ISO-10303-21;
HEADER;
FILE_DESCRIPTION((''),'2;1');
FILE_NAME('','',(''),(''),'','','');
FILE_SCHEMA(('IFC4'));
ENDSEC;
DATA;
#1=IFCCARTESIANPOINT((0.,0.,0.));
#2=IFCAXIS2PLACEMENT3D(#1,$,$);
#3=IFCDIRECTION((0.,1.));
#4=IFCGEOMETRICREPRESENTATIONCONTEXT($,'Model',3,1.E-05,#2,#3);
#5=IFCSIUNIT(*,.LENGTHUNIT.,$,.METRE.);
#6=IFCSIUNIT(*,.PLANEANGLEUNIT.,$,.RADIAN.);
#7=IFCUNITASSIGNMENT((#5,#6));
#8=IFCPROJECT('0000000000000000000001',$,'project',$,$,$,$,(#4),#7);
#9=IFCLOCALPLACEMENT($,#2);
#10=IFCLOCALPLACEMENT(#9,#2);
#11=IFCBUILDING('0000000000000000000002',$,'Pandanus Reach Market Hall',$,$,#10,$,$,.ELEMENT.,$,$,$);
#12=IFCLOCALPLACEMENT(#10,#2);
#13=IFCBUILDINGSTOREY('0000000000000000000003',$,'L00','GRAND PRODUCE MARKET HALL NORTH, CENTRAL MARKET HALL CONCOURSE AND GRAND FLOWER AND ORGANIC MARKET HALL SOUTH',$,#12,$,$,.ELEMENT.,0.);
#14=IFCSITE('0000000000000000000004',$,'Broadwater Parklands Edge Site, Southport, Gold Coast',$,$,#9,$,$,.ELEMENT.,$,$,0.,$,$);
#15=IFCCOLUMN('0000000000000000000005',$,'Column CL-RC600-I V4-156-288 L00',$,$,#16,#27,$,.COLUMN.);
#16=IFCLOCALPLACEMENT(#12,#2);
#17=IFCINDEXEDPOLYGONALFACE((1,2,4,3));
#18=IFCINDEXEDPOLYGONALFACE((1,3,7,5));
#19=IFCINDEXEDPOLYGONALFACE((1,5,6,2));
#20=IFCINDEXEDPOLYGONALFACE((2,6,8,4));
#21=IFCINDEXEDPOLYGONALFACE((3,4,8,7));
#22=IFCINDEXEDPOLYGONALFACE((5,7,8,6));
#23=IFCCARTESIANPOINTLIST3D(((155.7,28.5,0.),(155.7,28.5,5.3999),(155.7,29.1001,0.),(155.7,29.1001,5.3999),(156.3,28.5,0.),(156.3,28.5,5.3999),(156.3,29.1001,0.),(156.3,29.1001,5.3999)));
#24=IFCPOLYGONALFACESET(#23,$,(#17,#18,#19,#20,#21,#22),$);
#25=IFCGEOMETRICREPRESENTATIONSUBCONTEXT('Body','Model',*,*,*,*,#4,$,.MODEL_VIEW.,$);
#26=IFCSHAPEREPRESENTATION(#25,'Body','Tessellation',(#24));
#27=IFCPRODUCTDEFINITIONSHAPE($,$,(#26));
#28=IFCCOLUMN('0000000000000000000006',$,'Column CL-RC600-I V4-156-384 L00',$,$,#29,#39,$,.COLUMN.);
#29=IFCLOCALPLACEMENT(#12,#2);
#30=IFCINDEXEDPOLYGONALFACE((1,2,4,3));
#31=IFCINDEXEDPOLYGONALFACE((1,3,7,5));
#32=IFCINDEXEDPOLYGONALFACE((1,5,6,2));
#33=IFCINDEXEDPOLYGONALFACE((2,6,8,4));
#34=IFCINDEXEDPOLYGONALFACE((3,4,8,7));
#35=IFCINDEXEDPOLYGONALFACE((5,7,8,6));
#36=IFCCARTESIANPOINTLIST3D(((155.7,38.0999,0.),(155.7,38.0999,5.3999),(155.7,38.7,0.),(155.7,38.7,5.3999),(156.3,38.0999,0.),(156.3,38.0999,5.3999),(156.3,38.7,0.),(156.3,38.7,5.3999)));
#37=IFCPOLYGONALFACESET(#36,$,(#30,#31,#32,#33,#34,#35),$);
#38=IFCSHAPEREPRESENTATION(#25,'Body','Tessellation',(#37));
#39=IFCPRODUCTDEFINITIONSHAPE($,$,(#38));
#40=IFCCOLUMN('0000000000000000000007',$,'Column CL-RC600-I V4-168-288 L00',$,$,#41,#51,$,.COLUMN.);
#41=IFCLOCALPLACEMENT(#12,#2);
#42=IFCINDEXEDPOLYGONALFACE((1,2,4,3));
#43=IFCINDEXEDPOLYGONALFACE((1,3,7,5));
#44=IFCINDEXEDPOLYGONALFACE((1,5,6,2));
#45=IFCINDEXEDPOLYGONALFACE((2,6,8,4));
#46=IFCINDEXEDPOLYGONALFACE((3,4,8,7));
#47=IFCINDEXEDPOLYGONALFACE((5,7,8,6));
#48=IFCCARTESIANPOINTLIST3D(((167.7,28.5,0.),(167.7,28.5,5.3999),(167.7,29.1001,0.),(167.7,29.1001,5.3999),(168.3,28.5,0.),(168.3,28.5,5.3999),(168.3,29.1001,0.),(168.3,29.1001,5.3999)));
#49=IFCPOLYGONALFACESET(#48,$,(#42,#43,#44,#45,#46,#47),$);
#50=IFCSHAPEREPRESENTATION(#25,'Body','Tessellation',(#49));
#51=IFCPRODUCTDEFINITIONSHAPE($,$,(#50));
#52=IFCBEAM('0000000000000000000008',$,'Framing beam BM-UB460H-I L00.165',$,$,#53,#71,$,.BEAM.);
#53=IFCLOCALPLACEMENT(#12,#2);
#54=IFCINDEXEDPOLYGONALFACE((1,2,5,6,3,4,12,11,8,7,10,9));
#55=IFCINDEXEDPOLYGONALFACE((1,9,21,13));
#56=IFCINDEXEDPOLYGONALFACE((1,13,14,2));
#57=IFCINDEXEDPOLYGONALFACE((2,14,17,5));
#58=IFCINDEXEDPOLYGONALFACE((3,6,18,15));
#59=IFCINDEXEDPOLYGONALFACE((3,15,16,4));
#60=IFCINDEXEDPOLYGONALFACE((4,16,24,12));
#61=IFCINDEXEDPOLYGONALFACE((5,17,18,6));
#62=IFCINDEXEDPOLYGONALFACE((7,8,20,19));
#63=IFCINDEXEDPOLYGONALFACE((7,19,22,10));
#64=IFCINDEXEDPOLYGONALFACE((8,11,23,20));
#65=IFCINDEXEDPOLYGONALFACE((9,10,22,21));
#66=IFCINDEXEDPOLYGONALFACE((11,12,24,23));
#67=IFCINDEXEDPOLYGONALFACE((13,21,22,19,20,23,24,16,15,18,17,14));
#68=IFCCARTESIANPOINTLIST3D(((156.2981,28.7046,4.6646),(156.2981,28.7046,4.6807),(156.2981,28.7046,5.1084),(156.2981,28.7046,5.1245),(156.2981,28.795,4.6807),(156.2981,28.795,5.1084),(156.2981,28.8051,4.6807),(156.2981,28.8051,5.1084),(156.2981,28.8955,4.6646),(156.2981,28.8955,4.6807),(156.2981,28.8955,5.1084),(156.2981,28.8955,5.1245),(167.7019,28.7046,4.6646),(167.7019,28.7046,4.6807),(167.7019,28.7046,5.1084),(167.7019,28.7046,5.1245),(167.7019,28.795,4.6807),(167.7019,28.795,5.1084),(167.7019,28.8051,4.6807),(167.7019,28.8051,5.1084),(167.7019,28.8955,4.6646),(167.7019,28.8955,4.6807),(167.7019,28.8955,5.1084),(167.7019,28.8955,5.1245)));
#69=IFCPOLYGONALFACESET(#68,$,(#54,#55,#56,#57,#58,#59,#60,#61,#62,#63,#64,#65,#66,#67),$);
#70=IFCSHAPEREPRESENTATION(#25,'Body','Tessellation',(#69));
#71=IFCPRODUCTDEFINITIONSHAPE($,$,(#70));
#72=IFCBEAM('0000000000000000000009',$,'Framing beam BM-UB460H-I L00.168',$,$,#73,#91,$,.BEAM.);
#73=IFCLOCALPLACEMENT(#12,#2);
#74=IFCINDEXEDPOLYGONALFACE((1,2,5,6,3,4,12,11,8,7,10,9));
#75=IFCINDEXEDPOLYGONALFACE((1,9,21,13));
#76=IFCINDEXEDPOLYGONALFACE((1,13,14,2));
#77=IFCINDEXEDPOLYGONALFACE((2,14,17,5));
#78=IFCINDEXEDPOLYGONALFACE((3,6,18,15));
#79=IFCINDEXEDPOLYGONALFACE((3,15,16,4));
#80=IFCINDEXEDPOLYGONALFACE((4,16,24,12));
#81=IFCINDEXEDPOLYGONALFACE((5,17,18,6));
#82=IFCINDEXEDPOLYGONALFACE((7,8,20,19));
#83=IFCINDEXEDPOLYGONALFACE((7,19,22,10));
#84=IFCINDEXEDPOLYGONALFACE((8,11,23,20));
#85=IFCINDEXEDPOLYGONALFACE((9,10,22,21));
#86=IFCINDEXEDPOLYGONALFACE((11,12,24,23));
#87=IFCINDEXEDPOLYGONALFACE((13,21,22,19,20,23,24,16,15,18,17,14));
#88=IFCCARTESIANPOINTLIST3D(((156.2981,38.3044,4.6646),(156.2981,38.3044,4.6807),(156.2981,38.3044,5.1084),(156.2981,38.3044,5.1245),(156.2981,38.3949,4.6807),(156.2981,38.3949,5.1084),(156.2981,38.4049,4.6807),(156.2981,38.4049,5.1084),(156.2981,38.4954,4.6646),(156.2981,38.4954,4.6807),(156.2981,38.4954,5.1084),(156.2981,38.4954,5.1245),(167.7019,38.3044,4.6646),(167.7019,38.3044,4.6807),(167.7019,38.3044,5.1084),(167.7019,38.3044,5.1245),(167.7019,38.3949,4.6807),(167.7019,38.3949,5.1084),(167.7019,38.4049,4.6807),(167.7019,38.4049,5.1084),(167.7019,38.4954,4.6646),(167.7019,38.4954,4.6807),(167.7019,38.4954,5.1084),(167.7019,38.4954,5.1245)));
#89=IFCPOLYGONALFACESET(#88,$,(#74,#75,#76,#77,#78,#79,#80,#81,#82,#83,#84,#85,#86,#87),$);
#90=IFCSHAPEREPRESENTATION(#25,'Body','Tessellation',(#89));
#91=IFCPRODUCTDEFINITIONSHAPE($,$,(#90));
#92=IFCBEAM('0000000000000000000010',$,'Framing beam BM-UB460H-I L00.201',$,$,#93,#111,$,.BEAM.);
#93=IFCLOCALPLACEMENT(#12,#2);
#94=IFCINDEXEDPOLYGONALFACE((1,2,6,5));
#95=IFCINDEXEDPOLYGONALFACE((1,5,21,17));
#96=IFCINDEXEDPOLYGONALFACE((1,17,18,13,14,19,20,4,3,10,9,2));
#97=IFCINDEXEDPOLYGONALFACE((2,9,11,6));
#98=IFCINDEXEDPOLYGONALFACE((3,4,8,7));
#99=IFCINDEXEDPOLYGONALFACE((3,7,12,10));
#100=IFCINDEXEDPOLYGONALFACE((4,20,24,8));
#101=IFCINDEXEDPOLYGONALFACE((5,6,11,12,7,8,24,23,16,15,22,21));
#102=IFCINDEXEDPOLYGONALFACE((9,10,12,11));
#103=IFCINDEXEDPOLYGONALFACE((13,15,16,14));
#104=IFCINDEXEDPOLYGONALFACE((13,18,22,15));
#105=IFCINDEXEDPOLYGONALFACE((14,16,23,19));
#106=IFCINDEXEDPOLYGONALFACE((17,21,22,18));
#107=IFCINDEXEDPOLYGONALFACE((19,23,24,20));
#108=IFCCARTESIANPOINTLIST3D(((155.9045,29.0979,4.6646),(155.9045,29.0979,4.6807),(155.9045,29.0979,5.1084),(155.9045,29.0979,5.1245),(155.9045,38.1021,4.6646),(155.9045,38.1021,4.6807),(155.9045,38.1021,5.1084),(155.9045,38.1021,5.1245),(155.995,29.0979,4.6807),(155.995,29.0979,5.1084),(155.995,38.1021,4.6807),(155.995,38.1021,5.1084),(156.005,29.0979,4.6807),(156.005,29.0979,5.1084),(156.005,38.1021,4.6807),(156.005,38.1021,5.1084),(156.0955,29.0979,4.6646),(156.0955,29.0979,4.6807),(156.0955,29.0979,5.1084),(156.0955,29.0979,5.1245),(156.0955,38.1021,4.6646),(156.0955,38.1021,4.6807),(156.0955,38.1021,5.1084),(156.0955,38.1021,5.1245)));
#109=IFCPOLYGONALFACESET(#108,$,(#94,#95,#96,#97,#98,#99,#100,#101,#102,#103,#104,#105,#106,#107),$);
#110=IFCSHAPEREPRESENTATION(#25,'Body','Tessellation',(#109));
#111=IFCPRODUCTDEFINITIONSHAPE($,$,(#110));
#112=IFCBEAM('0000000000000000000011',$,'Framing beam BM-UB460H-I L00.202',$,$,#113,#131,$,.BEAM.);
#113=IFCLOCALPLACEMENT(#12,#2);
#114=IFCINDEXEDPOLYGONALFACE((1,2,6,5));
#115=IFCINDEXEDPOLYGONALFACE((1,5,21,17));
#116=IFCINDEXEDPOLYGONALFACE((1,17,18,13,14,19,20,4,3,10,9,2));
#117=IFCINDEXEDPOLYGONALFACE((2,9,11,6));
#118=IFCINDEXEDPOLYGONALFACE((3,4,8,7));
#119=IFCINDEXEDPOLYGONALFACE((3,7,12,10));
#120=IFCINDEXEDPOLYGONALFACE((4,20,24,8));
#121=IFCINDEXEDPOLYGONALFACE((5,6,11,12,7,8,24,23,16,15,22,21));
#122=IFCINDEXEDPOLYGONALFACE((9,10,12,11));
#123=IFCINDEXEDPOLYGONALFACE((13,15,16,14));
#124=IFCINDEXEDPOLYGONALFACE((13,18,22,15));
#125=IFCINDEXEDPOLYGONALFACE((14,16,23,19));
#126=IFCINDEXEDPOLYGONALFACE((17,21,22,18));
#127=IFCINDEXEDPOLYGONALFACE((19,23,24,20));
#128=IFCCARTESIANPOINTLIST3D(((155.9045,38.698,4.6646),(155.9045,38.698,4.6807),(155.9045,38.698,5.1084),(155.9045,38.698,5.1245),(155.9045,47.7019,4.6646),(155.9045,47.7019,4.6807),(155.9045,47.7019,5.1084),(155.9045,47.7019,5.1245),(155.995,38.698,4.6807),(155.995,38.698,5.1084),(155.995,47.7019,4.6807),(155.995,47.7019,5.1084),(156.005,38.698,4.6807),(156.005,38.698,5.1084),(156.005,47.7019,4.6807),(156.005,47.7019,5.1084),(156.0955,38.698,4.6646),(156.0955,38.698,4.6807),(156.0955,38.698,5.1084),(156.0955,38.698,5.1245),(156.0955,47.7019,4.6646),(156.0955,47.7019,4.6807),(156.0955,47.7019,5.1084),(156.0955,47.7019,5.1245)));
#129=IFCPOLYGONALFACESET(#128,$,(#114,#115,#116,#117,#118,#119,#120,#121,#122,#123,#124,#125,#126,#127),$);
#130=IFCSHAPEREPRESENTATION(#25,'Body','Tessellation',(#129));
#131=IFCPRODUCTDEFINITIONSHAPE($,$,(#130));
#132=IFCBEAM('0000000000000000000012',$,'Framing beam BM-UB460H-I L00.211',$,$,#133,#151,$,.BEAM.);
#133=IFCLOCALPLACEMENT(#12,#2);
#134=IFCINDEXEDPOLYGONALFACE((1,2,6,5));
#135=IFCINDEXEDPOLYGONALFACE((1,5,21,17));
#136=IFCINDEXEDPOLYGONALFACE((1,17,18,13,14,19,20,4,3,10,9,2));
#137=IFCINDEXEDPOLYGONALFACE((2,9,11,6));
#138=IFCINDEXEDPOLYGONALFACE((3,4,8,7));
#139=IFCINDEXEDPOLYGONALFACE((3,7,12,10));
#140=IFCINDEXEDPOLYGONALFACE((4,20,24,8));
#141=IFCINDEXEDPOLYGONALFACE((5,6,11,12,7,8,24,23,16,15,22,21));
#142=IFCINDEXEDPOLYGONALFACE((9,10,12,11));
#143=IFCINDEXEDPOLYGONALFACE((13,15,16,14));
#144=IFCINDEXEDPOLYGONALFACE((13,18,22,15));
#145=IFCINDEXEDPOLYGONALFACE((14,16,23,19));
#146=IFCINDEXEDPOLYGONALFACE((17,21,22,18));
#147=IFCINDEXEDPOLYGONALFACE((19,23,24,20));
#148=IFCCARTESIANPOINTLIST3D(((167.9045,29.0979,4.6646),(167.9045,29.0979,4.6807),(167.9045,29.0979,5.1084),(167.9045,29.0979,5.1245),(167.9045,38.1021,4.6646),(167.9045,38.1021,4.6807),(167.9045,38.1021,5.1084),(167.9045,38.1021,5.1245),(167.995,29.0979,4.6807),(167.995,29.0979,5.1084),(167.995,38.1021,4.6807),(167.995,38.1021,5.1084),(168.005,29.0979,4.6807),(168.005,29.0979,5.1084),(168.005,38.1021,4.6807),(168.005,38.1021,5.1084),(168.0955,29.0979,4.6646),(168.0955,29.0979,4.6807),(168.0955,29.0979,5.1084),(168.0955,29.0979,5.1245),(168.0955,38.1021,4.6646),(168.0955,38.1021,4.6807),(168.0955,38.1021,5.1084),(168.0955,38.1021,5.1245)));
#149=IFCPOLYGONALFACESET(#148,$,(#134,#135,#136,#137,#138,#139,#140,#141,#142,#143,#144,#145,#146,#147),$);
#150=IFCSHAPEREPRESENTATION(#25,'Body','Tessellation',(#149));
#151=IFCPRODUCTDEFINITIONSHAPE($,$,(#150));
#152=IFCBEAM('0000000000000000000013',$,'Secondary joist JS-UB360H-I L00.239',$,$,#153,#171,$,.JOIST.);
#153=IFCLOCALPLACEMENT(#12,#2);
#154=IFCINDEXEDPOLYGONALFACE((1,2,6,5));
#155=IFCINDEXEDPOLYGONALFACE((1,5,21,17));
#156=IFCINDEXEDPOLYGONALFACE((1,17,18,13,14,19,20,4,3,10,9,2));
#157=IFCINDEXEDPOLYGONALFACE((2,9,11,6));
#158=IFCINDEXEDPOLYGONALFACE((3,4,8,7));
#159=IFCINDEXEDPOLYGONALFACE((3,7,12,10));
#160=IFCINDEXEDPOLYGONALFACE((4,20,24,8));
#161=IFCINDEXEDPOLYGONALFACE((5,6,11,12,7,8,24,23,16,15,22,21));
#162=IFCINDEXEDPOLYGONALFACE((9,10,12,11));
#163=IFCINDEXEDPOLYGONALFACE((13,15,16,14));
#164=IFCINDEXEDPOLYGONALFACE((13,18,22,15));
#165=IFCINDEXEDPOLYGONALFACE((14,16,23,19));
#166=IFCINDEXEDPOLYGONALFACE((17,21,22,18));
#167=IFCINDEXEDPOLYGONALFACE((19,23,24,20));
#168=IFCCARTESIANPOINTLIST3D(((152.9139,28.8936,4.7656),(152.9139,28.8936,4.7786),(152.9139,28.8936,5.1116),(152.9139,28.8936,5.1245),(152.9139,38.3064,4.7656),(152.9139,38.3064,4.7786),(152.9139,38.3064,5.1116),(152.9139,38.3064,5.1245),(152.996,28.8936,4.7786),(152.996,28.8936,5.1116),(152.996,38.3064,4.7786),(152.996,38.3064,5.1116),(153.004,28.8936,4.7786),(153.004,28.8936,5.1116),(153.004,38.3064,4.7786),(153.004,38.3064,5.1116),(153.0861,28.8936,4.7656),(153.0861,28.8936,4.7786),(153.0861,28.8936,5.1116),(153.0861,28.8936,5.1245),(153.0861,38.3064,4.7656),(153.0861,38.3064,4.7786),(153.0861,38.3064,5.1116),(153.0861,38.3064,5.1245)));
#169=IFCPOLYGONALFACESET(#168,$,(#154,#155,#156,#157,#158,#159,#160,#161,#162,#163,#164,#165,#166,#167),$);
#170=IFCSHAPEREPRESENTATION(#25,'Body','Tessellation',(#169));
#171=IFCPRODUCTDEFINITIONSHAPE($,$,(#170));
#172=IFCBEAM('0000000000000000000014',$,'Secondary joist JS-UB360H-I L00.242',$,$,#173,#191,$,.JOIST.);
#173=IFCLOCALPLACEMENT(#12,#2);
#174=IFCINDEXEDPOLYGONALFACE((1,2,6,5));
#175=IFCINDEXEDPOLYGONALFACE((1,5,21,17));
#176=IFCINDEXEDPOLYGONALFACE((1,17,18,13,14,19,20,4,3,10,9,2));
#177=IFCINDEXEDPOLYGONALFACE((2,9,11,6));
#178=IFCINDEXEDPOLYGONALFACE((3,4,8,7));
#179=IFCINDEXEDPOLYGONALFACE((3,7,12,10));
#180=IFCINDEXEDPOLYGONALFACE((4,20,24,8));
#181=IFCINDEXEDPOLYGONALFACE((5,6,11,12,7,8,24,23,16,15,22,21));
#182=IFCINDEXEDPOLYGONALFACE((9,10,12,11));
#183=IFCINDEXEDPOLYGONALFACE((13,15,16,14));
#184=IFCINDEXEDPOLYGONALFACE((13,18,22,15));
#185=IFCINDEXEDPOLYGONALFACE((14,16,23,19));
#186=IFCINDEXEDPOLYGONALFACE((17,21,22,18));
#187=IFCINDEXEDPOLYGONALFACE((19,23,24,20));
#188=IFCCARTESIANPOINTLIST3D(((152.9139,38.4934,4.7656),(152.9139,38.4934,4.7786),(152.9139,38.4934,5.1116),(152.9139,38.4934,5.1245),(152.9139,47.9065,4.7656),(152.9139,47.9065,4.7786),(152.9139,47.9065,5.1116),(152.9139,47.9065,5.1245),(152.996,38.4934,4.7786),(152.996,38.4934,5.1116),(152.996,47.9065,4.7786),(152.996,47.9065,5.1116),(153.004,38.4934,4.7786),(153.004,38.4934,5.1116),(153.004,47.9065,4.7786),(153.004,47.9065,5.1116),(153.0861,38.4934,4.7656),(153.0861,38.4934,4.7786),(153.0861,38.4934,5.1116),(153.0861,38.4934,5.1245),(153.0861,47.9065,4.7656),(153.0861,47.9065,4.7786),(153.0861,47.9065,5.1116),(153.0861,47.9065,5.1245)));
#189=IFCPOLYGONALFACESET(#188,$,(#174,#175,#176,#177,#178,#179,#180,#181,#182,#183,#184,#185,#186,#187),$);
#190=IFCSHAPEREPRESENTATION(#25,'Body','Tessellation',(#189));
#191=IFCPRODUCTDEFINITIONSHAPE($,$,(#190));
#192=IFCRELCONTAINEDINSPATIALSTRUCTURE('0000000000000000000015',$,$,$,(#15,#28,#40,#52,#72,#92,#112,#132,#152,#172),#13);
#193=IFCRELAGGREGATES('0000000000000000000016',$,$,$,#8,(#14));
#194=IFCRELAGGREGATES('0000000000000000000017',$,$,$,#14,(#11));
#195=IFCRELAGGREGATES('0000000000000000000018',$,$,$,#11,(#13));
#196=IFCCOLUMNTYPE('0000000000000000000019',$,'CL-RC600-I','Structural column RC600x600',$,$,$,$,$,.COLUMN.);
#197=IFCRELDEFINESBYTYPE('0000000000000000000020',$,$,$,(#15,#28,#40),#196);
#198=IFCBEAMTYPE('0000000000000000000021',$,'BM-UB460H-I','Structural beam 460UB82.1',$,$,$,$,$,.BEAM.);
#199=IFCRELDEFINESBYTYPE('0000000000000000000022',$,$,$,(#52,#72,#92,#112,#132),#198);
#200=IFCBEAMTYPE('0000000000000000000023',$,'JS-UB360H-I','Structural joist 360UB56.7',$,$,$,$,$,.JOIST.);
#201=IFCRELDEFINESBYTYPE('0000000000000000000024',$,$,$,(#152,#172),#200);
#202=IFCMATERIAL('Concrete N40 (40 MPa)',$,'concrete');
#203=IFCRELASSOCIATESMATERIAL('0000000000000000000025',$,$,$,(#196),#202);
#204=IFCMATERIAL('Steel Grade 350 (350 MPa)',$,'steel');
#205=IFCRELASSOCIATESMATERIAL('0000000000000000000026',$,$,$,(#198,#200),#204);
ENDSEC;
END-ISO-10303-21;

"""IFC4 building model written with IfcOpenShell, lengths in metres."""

from ifc_helpers import new_model, si_unit, direction, frame, origin, origin_2d, place, context, subcontext, project, spatial, rectangle, i_section, extrude, material, material_profile, profile_set, type_object, element, save


model = new_model("IFC4")

# Units and contexts
model_context = context("Model", 3, precision=1e-05, world=origin(), true_north=direction((0.0, 1.0)))
body_context = subcontext(model_context, "Body", "Model", "MODEL_VIEW")
ifc_project = project(units=[si_unit("LENGTHUNIT", "METRE"), si_unit("PLANEANGLEUNIT", "RADIAN")], contexts=[model_context])

# Site, building, storey
site_placement = place(None, origin())
site = spatial("IfcSite", under=ifc_project, at=site_placement, Name="Broadwater Parklands Edge Site, Southport, Gold Coast", CompositionType="ELEMENT", RefElevation=0.0)
building_placement = place(site_placement, origin())
building = spatial("IfcBuilding", under=site, at=building_placement, Name="Pandanus Reach Market Hall", CompositionType="ELEMENT")
storey_placement = place(building_placement, origin())
storey = spatial("IfcBuildingStorey", under=building, at=storey_placement, Name="L00", Description="GRAND PRODUCE MARKET HALL NORTH, CENTRAL MARKET HALL CONCOURSE AND GRAND FLOWER AND ORGANIC MARKET HALL SOUTH", CompositionType="ELEMENT", Elevation=0.0)

# Columns
ifc_material_1 = material(Name="Concrete N40 (40 MPa)", Category="concrete")
ifc_material_profile_1 = material_profile(ifc_material_1, rectangle(XDim=0.6001, YDim=0.6001, at=origin_2d()), Name="RC600x600", Category="LoadBearing")
ifc_profile_set_1 = profile_set([ifc_material_profile_1], Name="Concrete N40 (40 MPa)")
column_type = type_object("IfcColumnType", Name="CL-RC600-I", Description="Structural column RC600x600", PredefinedType="COLUMN", material=ifc_profile_set_1)
for number, where, z_axis, x_axis, name in (
    (1, (156.0, 28.8, 0.0), (0.0, 0.0, 1.0), (1.0, 0.0, 0.0), "Column CL-RC600-I V4-156-288 L00"),
    (2, (156.0, 38.3999, 0.0), (0.0, 0.0, 1.0), (1.0, 0.0, 0.0), "Column CL-RC600-I V4-156-384 L00"),
    (3, (168.0, 28.8, 0.0), (0.0, 0.0, 1.0), (1.0, 0.0, 0.0), "Column CL-RC600-I V4-168-288 L00"),
):
    element("IfcColumn", number, at=place(storey_placement, frame(where, z_axis=z_axis, x_axis=x_axis)), inside=storey, type_object=column_type, Name=name, PredefinedType="COLUMN", context=body_context, shape_type="SweptSolid", body=[
        extrude(rectangle(XDim=0.6001, YDim=0.6001, at=origin_2d()), origin(), (0.0, 0.0, 1.0), 5.3999),
    ])

# Beams
ifc_material_2 = material(Name="Steel Grade 350 (350 MPa)", Category="steel")
ifc_material_profile_2 = material_profile(ifc_material_2, i_section(OverallWidth=0.1909, OverallDepth=0.46, WebThickness=0.01, FlangeThickness=0.0161, at=origin_2d()), Name="460UB82.1", Category="LoadBearing")
ifc_profile_set_2 = profile_set([ifc_material_profile_2], Name="Steel Grade 350 (350 MPa)")
beam_type_1 = type_object("IfcBeamType", Name="BM-UB460H-I", Description="Structural beam 460UB82.1", PredefinedType="BEAM", material=ifc_profile_set_2)
for number, where, z_axis, x_axis, name in (
    (4, (156.2981, 28.8, 4.8945), (1.0, 0.0, 0.0), (0.0, 1.0, 0.0), "Framing beam BM-UB460H-I L00.165"),
    (5, (156.2981, 38.3999, 4.8945), (1.0, 0.0, 0.0), (0.0, 1.0, 0.0), "Framing beam BM-UB460H-I L00.168"),
):
    element("IfcBeam", number, at=place(storey_placement, frame(where, z_axis=z_axis, x_axis=x_axis)), inside=storey, type_object=beam_type_1, Name=name, PredefinedType="BEAM", context=body_context, shape_type="SweptSolid", body=[
        extrude(i_section(OverallWidth=0.1909, OverallDepth=0.46, WebThickness=0.01, FlangeThickness=0.0161, at=origin_2d()), origin(), (0.0, 0.0, 1.0), 11.4038),
    ])
beam_1_placement = place(storey_placement, frame((156.0, 29.0979, 4.8945), z_axis=(0.0, 1.0, 0.0), x_axis=(-1.0, 0.0, 0.0)))
element("IfcBeam", 6, at=beam_1_placement, inside=storey, type_object=beam_type_1, Name="Framing beam BM-UB460H-I L00.201", PredefinedType="BEAM", context=body_context, shape_type="SweptSolid", body=[
    extrude(i_section(OverallWidth=0.1909, OverallDepth=0.46, WebThickness=0.01, FlangeThickness=0.0161, at=origin_2d()), origin(), (0.0, 0.0, 1.0), 9.0042),
])
beam_2_placement = place(storey_placement, frame((156.0, 38.698, 4.8945), z_axis=(0.0, 1.0, 0.0), x_axis=(-1.0, 0.0, 0.0)))
element("IfcBeam", 7, at=beam_2_placement, inside=storey, type_object=beam_type_1, Name="Framing beam BM-UB460H-I L00.202", PredefinedType="BEAM", context=body_context, shape_type="SweptSolid", body=[
    extrude(i_section(OverallWidth=0.1909, OverallDepth=0.46, WebThickness=0.01, FlangeThickness=0.0161, at=origin_2d()), origin(), (0.0, 0.0, 1.0), 9.0039),
])
beam_3_placement = place(storey_placement, frame((168.0, 29.0979, 4.8945), z_axis=(0.0, 1.0, 0.0), x_axis=(-1.0, 0.0, 0.0)))
element("IfcBeam", 8, at=beam_3_placement, inside=storey, type_object=beam_type_1, Name="Framing beam BM-UB460H-I L00.211", PredefinedType="BEAM", context=body_context, shape_type="SweptSolid", body=[
    extrude(i_section(OverallWidth=0.1909, OverallDepth=0.46, WebThickness=0.01, FlangeThickness=0.0161, at=origin_2d()), origin(), (0.0, 0.0, 1.0), 9.0042),
])
ifc_material_profile_3 = material_profile(ifc_material_2, i_section(OverallWidth=0.1721, OverallDepth=0.3589, WebThickness=0.0081, FlangeThickness=0.0129, at=origin_2d()), Name="360UB56.7", Category="LoadBearing")
ifc_profile_set_3 = profile_set([ifc_material_profile_3], Name="Steel Grade 350 (350 MPa)")
beam_type_2 = type_object("IfcBeamType", Name="JS-UB360H-I", Description="Structural joist 360UB56.7", PredefinedType="JOIST", material=ifc_profile_set_3)
beam_4_placement = place(storey_placement, frame((153.0, 28.8936, 4.9451), z_axis=(0.0, 1.0, 0.0), x_axis=(-1.0, 0.0, 0.0)))
element("IfcBeam", 9, at=beam_4_placement, inside=storey, type_object=beam_type_2, Name="Secondary joist JS-UB360H-I L00.239", PredefinedType="JOIST", context=body_context, shape_type="SweptSolid", body=[
    extrude(i_section(OverallWidth=0.1721, OverallDepth=0.3589, WebThickness=0.0081, FlangeThickness=0.0129, at=origin_2d()), origin(), (0.0, 0.0, 1.0), 9.4128),
])
beam_5_placement = place(storey_placement, frame((153.0, 38.4934, 4.9451), z_axis=(0.0, 1.0, 0.0), x_axis=(-1.0, 0.0, 0.0)))
element("IfcBeam", 10, at=beam_5_placement, inside=storey, type_object=beam_type_2, Name="Secondary joist JS-UB360H-I L00.242", PredefinedType="JOIST", context=body_context, shape_type="SweptSolid", body=[
    extrude(i_section(OverallWidth=0.1721, OverallDepth=0.3589, WebThickness=0.0081, FlangeThickness=0.0129, at=origin_2d()), origin(), (0.0, 0.0, 1.0), 9.4131),
])

save(model, "model.ifc")
